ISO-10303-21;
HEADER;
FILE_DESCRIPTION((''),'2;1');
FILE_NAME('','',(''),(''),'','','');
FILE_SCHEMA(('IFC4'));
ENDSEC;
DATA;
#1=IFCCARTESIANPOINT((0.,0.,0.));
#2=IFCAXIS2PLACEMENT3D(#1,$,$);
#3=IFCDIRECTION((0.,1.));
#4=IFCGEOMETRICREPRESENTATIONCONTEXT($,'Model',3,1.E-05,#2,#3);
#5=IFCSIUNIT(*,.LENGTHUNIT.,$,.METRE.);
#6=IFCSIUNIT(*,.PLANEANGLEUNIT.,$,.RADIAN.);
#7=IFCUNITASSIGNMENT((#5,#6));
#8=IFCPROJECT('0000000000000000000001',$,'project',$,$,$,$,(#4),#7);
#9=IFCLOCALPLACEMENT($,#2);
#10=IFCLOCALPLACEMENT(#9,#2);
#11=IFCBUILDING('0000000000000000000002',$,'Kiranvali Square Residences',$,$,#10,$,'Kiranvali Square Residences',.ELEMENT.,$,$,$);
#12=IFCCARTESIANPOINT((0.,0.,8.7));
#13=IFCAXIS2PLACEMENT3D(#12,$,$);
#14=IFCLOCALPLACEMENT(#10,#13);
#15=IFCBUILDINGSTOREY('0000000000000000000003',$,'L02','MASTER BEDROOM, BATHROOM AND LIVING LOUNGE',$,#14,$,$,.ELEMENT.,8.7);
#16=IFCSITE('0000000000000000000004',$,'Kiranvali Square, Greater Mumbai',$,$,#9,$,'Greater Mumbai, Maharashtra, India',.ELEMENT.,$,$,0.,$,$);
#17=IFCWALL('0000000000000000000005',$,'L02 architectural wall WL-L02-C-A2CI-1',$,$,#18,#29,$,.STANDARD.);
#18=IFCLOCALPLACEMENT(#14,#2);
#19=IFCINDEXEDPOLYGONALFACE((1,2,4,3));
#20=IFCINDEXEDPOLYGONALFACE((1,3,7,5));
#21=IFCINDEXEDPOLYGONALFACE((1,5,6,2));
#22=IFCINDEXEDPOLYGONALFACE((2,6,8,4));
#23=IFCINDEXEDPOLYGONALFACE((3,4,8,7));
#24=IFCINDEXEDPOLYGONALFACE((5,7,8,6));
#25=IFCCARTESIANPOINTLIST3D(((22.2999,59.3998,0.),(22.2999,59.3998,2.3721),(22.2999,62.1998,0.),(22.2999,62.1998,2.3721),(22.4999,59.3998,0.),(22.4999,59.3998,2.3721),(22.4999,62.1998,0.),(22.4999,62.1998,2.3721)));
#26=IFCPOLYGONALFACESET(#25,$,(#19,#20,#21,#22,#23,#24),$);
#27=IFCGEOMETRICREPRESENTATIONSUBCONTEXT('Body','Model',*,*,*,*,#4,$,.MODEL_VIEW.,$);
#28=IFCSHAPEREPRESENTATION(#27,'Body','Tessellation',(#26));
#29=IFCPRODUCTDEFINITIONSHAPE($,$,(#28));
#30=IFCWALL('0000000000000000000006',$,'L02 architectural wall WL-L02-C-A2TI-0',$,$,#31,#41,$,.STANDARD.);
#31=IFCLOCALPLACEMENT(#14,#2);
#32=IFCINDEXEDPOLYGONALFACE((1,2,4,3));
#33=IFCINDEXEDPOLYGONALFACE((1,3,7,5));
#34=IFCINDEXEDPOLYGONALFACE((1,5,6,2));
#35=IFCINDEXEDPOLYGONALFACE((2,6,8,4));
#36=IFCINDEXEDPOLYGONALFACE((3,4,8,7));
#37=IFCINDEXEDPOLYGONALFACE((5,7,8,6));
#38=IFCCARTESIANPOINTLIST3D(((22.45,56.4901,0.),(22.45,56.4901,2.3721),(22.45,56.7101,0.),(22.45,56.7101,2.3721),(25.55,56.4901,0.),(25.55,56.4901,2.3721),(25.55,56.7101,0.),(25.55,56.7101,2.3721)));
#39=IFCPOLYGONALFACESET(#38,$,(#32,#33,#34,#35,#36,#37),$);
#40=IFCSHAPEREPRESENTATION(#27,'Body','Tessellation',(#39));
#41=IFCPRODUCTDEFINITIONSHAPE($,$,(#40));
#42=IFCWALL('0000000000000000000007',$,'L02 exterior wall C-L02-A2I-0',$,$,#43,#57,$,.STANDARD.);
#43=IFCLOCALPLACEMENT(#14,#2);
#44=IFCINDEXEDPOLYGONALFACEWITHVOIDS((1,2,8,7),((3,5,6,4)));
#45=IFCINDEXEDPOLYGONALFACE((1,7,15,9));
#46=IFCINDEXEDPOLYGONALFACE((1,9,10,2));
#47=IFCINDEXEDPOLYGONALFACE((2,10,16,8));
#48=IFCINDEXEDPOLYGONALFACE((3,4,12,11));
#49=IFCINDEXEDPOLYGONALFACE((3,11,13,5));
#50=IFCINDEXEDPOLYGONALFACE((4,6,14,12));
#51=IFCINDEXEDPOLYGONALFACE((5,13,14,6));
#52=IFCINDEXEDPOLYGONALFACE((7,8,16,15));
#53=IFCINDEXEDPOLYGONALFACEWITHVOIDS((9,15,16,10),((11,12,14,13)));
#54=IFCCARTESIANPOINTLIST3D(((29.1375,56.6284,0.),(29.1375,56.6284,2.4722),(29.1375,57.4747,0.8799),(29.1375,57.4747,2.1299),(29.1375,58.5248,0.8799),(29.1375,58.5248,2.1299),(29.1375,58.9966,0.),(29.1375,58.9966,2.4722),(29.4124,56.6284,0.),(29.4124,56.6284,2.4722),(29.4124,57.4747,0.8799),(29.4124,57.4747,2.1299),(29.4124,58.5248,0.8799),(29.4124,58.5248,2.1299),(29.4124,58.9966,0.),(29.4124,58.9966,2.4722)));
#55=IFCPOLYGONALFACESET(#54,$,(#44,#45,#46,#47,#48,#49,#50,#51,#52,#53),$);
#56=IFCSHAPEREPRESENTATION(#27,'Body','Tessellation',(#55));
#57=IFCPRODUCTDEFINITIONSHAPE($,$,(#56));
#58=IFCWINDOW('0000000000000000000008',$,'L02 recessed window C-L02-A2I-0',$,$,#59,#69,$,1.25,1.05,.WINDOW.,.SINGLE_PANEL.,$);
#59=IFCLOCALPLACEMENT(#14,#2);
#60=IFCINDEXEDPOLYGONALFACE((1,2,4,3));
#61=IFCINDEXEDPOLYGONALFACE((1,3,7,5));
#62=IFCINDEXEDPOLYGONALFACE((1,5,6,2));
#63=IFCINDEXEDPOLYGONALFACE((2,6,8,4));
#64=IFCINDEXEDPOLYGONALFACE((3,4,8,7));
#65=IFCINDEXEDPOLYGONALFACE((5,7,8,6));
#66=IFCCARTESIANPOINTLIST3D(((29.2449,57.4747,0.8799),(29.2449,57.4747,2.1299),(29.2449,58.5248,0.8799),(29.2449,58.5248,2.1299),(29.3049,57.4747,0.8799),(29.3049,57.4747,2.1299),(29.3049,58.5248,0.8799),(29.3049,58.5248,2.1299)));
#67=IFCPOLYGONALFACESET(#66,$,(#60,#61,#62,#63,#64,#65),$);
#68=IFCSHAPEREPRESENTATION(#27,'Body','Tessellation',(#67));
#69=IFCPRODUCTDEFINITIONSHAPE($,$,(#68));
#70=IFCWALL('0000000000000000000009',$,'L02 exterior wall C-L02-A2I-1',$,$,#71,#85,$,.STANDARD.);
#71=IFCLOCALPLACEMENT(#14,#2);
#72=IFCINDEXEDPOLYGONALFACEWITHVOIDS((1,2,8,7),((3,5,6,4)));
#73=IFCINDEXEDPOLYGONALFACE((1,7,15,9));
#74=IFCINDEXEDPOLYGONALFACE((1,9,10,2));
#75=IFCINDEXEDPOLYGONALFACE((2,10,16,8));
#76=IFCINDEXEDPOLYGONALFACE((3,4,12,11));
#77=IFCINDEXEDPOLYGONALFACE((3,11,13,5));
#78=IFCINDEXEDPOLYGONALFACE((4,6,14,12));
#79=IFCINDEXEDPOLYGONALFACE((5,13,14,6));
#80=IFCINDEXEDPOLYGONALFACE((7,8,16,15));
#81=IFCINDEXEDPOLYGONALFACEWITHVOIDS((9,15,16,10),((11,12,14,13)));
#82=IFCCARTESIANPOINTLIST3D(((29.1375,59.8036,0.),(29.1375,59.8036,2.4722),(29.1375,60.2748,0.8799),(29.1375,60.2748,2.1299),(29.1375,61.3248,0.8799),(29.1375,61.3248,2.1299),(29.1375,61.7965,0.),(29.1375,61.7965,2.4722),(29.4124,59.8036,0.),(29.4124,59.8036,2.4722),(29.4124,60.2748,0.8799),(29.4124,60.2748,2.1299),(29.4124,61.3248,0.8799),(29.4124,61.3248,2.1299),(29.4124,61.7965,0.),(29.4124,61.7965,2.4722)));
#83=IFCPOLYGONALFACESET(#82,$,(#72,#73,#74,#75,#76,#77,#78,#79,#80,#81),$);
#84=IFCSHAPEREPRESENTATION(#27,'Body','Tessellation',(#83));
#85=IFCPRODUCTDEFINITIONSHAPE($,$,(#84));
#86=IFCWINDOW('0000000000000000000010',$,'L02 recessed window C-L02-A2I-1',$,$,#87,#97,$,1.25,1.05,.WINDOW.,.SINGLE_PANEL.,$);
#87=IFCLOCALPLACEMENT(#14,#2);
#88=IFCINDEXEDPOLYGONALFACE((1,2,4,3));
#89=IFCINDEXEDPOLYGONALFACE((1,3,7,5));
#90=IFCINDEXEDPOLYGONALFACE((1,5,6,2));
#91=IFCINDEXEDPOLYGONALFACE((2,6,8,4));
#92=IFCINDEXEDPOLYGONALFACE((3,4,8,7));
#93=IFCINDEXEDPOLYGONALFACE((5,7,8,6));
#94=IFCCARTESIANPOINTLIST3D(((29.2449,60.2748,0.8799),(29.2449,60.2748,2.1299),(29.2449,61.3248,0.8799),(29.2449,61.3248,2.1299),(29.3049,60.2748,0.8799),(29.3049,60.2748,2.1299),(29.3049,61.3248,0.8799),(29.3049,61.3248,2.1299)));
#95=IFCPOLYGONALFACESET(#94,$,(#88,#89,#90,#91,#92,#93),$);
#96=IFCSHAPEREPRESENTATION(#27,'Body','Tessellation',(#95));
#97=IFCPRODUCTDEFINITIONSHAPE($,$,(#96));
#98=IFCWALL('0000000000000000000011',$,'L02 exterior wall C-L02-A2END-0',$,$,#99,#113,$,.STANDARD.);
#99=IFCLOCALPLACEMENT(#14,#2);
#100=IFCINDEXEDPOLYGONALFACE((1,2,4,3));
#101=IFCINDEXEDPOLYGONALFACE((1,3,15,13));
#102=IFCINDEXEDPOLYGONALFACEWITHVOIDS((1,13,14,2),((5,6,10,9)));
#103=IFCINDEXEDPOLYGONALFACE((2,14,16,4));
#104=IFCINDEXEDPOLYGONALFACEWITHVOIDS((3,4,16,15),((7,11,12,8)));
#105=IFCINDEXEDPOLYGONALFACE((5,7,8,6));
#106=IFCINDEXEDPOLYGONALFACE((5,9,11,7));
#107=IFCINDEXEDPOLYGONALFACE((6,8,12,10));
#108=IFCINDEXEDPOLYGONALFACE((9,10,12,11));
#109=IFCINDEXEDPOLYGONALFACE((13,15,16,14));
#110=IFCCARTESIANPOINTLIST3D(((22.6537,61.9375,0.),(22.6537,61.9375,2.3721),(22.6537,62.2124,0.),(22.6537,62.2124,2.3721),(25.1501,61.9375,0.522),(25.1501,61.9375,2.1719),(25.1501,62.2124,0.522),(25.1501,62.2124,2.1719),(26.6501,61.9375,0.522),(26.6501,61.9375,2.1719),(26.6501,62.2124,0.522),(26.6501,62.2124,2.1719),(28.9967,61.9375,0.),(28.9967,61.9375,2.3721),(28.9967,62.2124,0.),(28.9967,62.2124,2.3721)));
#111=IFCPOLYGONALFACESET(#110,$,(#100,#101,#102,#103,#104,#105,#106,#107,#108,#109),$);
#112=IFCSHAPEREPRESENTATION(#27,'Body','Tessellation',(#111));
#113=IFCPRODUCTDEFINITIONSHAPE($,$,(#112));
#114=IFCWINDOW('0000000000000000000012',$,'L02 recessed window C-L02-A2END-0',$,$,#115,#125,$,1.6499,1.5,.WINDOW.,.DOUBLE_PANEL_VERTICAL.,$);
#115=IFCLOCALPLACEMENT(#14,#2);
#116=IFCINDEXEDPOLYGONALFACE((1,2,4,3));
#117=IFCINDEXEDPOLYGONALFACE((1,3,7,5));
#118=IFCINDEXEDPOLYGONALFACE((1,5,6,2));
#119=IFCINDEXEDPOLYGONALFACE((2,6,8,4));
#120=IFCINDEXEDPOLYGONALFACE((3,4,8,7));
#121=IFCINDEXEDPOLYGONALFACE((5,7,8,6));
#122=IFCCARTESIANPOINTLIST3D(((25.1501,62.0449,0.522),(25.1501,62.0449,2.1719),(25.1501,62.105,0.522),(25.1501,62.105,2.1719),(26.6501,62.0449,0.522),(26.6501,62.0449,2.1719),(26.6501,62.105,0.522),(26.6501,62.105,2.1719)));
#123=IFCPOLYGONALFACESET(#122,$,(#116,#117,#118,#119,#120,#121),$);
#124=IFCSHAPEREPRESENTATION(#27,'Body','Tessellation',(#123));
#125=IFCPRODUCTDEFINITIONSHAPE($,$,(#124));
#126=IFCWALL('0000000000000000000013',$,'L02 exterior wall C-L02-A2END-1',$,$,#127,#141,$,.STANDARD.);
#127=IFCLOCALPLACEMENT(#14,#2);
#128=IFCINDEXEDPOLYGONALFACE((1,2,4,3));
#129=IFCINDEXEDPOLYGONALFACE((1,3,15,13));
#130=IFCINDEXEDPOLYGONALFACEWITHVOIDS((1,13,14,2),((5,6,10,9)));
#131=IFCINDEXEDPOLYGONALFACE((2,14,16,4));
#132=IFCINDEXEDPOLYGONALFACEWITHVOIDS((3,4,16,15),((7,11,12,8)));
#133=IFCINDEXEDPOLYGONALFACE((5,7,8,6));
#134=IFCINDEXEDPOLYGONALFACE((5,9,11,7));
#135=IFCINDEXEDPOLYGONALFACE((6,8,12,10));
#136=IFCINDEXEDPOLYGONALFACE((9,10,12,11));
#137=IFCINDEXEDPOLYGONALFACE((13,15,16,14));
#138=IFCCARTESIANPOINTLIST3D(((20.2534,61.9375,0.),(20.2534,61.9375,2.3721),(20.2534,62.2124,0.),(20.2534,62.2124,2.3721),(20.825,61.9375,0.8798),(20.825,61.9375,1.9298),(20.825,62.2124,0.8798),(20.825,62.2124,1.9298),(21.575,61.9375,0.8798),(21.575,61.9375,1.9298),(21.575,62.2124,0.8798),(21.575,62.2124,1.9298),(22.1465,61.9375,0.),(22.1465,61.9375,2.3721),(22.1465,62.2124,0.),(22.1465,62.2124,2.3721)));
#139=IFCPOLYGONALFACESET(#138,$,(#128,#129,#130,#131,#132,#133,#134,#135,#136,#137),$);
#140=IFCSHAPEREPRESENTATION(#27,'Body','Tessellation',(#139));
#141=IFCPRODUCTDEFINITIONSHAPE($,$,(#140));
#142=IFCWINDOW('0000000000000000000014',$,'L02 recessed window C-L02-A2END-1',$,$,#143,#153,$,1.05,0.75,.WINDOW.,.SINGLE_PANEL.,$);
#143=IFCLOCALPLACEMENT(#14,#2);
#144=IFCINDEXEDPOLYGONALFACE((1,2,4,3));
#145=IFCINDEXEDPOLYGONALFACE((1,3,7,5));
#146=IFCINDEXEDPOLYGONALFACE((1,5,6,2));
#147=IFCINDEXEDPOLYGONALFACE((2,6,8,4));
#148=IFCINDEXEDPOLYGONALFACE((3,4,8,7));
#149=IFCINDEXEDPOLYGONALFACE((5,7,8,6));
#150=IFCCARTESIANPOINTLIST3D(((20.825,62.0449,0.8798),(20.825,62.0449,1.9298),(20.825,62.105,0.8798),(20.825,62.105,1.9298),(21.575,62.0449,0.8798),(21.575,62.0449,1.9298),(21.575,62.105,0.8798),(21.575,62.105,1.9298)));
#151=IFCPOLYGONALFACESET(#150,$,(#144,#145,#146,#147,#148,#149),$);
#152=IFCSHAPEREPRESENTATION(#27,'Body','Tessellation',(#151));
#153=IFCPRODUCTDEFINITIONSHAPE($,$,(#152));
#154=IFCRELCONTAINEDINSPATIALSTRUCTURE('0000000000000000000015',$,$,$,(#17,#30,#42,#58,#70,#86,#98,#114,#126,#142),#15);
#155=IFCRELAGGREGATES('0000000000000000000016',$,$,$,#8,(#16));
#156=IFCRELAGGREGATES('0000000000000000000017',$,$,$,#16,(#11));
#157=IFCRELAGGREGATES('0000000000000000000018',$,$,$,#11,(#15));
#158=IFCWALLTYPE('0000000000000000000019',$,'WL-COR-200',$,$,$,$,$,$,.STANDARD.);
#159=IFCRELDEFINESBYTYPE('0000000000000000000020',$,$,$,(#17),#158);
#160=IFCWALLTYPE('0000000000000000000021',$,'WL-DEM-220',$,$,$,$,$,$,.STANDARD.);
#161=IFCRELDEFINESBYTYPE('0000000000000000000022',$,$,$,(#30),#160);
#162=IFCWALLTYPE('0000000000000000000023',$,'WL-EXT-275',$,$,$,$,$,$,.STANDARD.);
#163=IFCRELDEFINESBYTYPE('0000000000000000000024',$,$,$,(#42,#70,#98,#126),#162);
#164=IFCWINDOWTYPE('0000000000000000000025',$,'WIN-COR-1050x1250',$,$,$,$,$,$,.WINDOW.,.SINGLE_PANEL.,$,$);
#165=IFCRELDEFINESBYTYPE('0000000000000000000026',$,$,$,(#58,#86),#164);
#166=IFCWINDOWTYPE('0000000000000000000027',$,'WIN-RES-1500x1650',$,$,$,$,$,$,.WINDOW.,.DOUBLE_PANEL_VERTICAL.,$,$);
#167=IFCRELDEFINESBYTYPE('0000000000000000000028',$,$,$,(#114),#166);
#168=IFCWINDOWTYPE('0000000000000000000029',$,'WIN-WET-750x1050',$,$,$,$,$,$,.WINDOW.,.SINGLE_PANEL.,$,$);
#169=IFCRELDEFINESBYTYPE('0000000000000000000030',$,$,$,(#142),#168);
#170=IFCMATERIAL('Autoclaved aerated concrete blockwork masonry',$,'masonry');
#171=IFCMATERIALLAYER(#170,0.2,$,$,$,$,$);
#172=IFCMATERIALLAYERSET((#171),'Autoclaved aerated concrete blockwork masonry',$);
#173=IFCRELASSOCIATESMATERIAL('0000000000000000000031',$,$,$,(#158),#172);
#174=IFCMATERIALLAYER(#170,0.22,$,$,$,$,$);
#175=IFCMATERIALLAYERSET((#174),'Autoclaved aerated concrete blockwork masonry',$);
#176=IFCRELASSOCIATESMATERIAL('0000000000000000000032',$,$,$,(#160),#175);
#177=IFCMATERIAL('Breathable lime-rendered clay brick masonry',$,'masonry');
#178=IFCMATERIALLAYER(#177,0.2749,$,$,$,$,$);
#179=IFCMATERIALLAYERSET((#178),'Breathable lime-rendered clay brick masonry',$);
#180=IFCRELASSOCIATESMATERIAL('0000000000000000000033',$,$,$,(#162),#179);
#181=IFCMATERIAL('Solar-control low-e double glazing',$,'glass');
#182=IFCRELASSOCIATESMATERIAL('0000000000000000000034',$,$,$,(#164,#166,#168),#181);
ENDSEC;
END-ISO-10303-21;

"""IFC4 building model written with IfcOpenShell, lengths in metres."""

from ifc_helpers import new_model, si_unit, direction, frame, frame_2d, origin, place, context, subcontext, project, spatial, rectangle, extrude, material, layer, layer_set, type_object, element, fill, save


model = new_model("IFC4")

# Units and contexts
model_context = context("Model", 3, precision=1e-05, world=origin(), true_north=direction((0.0, 1.0)))
body_context = subcontext(model_context, "Body", "Model", "MODEL_VIEW")
ifc_project = project(units=[si_unit("LENGTHUNIT", "METRE"), si_unit("PLANEANGLEUNIT", "RADIAN")], contexts=[model_context])

# Site, building, storey
site_placement = place(None, origin())
site = spatial("IfcSite", under=ifc_project, at=site_placement, Name="Kiranvali Square, Greater Mumbai", LongName="Greater Mumbai, Maharashtra, India", CompositionType="ELEMENT", RefElevation=0.0)
building_placement = place(site_placement, origin())
building = spatial("IfcBuilding", under=site, at=building_placement, Name="Kiranvali Square Residences", LongName="Kiranvali Square Residences", CompositionType="ELEMENT")
storey_placement = place(building_placement, frame((0.0, 0.0, 8.7)))
storey = spatial("IfcBuildingStorey", under=building, at=storey_placement, Name="L02", Description="MASTER BEDROOM, BATHROOM AND LIVING LOUNGE", CompositionType="ELEMENT", Elevation=8.7)

# Shared definitions
ifc_material_1 = material(Name="Autoclaved aerated concrete blockwork masonry", Category="masonry")
ifc_layer_1 = layer(ifc_material_1, 0.2)
ifc_layer_set_1 = layer_set([ifc_layer_1], Name="Autoclaved aerated concrete blockwork masonry")
wall_type_1 = type_object("IfcWallType", Name="WL-COR-200", PredefinedType="STANDARD", material=ifc_layer_set_1)

# Walls
wall_1_placement = place(storey_placement, frame((22.3999, 59.3999, 0.0), z_axis=(0.0, 0.0, 1.0), x_axis=(0.0, 1.0, 0.0)))
element("IfcWall", 1, at=wall_1_placement, inside=storey, type_object=wall_type_1, Name="L02 architectural wall WL-L02-C-A2CI-1", PredefinedType="STANDARD", context=body_context, shape_type="SweptSolid", body=[
    extrude(rectangle(XDim=2.8, YDim=0.2, at=frame_2d((1.3999, 0.0))), origin(), (0.0, 0.0, 1.0), 2.3721),
])
ifc_layer_2 = layer(ifc_material_1, 0.22)
ifc_layer_set_2 = layer_set([ifc_layer_2], Name="Autoclaved aerated concrete blockwork masonry")
wall_type_2 = type_object("IfcWallType", Name="WL-DEM-220", PredefinedType="STANDARD", material=ifc_layer_set_2)
wall_2_placement = place(storey_placement, frame((25.55, 56.6001, 0.0), z_axis=(0.0, 0.0, 1.0), x_axis=(-1.0, 0.0, 0.0)))
element("IfcWall", 2, at=wall_2_placement, inside=storey, type_object=wall_type_2, Name="L02 architectural wall WL-L02-C-A2TI-0", PredefinedType="STANDARD", context=body_context, shape_type="SweptSolid", body=[
    extrude(rectangle(XDim=3.1001, YDim=0.22, at=frame_2d((1.55, 0.0))), origin(), (0.0, 0.0, 1.0), 2.3721),
])

# Walls, openings, windows
ifc_material_2 = material(Name="Breathable lime-rendered clay brick masonry", Category="masonry")
ifc_layer_3 = layer(ifc_material_2, 0.2749)
ifc_layer_set_3 = layer_set([ifc_layer_3], Name="Breathable lime-rendered clay brick masonry")
wall_type_3 = type_object("IfcWallType", Name="WL-EXT-275", PredefinedType="STANDARD", material=ifc_layer_set_3)
wall_3_placement = place(storey_placement, frame((29.2749, 56.6284, 0.0), z_axis=(0.0, 0.0, 1.0), x_axis=(0.0, 1.0, 0.0)))
wall_3 = element("IfcWall", 3, at=wall_3_placement, inside=storey, type_object=wall_type_3, Name="L02 exterior wall C-L02-A2I-0", PredefinedType="STANDARD", context=body_context, shape_type="SweptSolid", body=[
    extrude(rectangle(XDim=2.3682, YDim=0.2749, at=frame_2d((1.1841, 0.0))), origin(), (0.0, 0.0, 1.0), 2.4722),
])
opening_1_placement = place(wall_3_placement, frame((0.8464, 0.0, 0.8799)))
opening_1 = element("IfcOpeningElement", 4, at=opening_1_placement, cuts=wall_3, PredefinedType="OPENING", context=body_context, shape_type="SweptSolid", body=[
    extrude(rectangle(XDim=1.05, YDim=1.25, at=frame_2d((0.5249, 0.625))), frame((0.0, 0.1475, 0.0), z_axis=(0.0, -1.0, 0.0), x_axis=(1.0, 0.0, 0.0)), (0.0, 0.0, 1.0), 0.2949),
])
ifc_material_3 = material(Name="Solar-control low-e double glazing", Category="glass")
window_type_1 = type_object("IfcWindowType", Name="WIN-COR-1050x1250", PartitioningType="SINGLE_PANEL", PredefinedType="WINDOW", material=ifc_material_3)
window_1_placement = place(opening_1_placement, origin())
window_1 = element("IfcWindow", 5, at=window_1_placement, inside=storey, type_object=window_type_1, Name="L02 recessed window C-L02-A2I-0", OverallHeight=1.25, OverallWidth=1.05, PartitioningType="SINGLE_PANEL", PredefinedType="WINDOW", context=body_context, shape_type="SweptSolid", body=[
    extrude(rectangle(XDim=1.05, YDim=1.25, at=frame_2d((0.5249, 0.625))), frame((0.0, 0.03, 0.0), z_axis=(0.0, -1.0, 0.0), x_axis=(1.0, 0.0, 0.0)), (0.0, 0.0, 1.0), 0.0601),
])
fill(opening_1, window_1)
wall_4_placement = place(storey_placement, frame((29.2749, 59.8035, 0.0), z_axis=(0.0, 0.0, 1.0), x_axis=(0.0, 1.0, 0.0)))
wall_4 = element("IfcWall", 6, at=wall_4_placement, inside=storey, type_object=wall_type_3, Name="L02 exterior wall C-L02-A2I-1", PredefinedType="STANDARD", context=body_context, shape_type="SweptSolid", body=[
    extrude(rectangle(XDim=1.9929, YDim=0.2749, at=frame_2d((0.9966, 0.0))), origin(), (0.0, 0.0, 1.0), 2.4722),
])
opening_2_placement = place(wall_4_placement, frame((0.4714, 0.0, 0.8799)))
opening_2 = element("IfcOpeningElement", 7, at=opening_2_placement, cuts=wall_4, PredefinedType="OPENING", context=body_context, shape_type="SweptSolid", body=[
    extrude(rectangle(XDim=1.05, YDim=1.25, at=frame_2d((0.5249, 0.625))), frame((0.0, 0.1475, 0.0), z_axis=(0.0, -1.0, 0.0), x_axis=(1.0, 0.0, 0.0)), (0.0, 0.0, 1.0), 0.2949),
])
window_2_placement = place(opening_2_placement, origin())
window_2 = element("IfcWindow", 8, at=window_2_placement, inside=storey, type_object=window_type_1, Name="L02 recessed window C-L02-A2I-1", OverallHeight=1.25, OverallWidth=1.05, PartitioningType="SINGLE_PANEL", PredefinedType="WINDOW", context=body_context, shape_type="SweptSolid", body=[
    extrude(rectangle(XDim=1.05, YDim=1.25, at=frame_2d((0.5249, 0.625))), frame((0.0, 0.03, 0.0), z_axis=(0.0, -1.0, 0.0), x_axis=(1.0, 0.0, 0.0)), (0.0, 0.0, 1.0), 0.0601),
])
fill(opening_2, window_2)
wall_5_placement = place(storey_placement, frame((28.9966, 62.075, 0.0), z_axis=(0.0, 0.0, 1.0), x_axis=(-1.0, 0.0, 0.0)))
wall_5 = element("IfcWall", 9, at=wall_5_placement, inside=storey, type_object=wall_type_3, Name="L02 exterior wall C-L02-A2END-0", PredefinedType="STANDARD", context=body_context, shape_type="SweptSolid", body=[
    extrude(rectangle(XDim=6.343, YDim=0.2749, at=frame_2d((3.1714, 0.0))), origin(), (0.0, 0.0, 1.0), 2.3721),
])
opening_3_placement = place(wall_5_placement, frame((2.3464, 0.0, 0.522)))
opening_3 = element("IfcOpeningElement", 10, at=opening_3_placement, cuts=wall_5, PredefinedType="OPENING", context=body_context, shape_type="SweptSolid", body=[
    extrude(rectangle(XDim=1.5, YDim=1.6499, at=frame_2d((0.75, 0.825))), frame((0.0, 0.1475, 0.0), z_axis=(0.0, -1.0, 0.0), x_axis=(1.0, 0.0, 0.0)), (0.0, 0.0, 1.0), 0.2949),
])
window_type_2 = type_object("IfcWindowType", Name="WIN-RES-1500x1650", PartitioningType="DOUBLE_PANEL_VERTICAL", PredefinedType="WINDOW", material=ifc_material_3)
window_3_placement = place(opening_3_placement, origin())
window_3 = element("IfcWindow", 11, at=window_3_placement, inside=storey, type_object=window_type_2, Name="L02 recessed window C-L02-A2END-0", OverallHeight=1.6499, OverallWidth=1.5, PartitioningType="DOUBLE_PANEL_VERTICAL", PredefinedType="WINDOW", context=body_context, shape_type="SweptSolid", body=[
    extrude(rectangle(XDim=1.5, YDim=1.6499, at=frame_2d((0.75, 0.825))), frame((0.0, 0.03, 0.0), z_axis=(0.0, -1.0, 0.0), x_axis=(1.0, 0.0, 0.0)), (0.0, 0.0, 1.0), 0.0601),
])
fill(opening_3, window_3)
wall_6_placement = place(storey_placement, frame((22.1465, 62.075, 0.0), z_axis=(0.0, 0.0, 1.0), x_axis=(-1.0, 0.0, 0.0)))
wall_6 = element("IfcWall", 12, at=wall_6_placement, inside=storey, type_object=wall_type_3, Name="L02 exterior wall C-L02-A2END-1", PredefinedType="STANDARD", context=body_context, shape_type="SweptSolid", body=[
    extrude(rectangle(XDim=1.8931, YDim=0.2749, at=frame_2d((0.9465, 0.0))), origin(), (0.0, 0.0, 1.0), 2.3721),
])
opening_4_placement = place(wall_6_placement, frame((0.5715, 0.0, 0.8799)))
opening_4 = element("IfcOpeningElement", 13, at=opening_4_placement, cuts=wall_6, PredefinedType="OPENING", context=body_context, shape_type="SweptSolid", body=[
    extrude(rectangle(XDim=0.75, YDim=1.05, at=frame_2d((0.375, 0.5249))), frame((0.0, 0.1475, 0.0), z_axis=(0.0, -1.0, 0.0), x_axis=(1.0, 0.0, 0.0)), (0.0, 0.0, 1.0), 0.2949),
])
window_type_3 = type_object("IfcWindowType", Name="WIN-WET-750x1050", PartitioningType="SINGLE_PANEL", PredefinedType="WINDOW", material=ifc_material_3)
window_4_placement = place(opening_4_placement, origin())
window_4 = element("IfcWindow", 14, at=window_4_placement, inside=storey, type_object=window_type_3, Name="L02 recessed window C-L02-A2END-1", OverallHeight=1.05, OverallWidth=0.75, PartitioningType="SINGLE_PANEL", PredefinedType="WINDOW", context=body_context, shape_type="SweptSolid", body=[
    extrude(rectangle(XDim=0.75, YDim=1.05, at=frame_2d((0.375, 0.5249))), frame((0.0, 0.03, 0.0), z_axis=(0.0, -1.0, 0.0), x_axis=(1.0, 0.0, 0.0)), (0.0, 0.0, 1.0), 0.0601),
])
fill(opening_4, window_4)

save(model, "model.ifc")
